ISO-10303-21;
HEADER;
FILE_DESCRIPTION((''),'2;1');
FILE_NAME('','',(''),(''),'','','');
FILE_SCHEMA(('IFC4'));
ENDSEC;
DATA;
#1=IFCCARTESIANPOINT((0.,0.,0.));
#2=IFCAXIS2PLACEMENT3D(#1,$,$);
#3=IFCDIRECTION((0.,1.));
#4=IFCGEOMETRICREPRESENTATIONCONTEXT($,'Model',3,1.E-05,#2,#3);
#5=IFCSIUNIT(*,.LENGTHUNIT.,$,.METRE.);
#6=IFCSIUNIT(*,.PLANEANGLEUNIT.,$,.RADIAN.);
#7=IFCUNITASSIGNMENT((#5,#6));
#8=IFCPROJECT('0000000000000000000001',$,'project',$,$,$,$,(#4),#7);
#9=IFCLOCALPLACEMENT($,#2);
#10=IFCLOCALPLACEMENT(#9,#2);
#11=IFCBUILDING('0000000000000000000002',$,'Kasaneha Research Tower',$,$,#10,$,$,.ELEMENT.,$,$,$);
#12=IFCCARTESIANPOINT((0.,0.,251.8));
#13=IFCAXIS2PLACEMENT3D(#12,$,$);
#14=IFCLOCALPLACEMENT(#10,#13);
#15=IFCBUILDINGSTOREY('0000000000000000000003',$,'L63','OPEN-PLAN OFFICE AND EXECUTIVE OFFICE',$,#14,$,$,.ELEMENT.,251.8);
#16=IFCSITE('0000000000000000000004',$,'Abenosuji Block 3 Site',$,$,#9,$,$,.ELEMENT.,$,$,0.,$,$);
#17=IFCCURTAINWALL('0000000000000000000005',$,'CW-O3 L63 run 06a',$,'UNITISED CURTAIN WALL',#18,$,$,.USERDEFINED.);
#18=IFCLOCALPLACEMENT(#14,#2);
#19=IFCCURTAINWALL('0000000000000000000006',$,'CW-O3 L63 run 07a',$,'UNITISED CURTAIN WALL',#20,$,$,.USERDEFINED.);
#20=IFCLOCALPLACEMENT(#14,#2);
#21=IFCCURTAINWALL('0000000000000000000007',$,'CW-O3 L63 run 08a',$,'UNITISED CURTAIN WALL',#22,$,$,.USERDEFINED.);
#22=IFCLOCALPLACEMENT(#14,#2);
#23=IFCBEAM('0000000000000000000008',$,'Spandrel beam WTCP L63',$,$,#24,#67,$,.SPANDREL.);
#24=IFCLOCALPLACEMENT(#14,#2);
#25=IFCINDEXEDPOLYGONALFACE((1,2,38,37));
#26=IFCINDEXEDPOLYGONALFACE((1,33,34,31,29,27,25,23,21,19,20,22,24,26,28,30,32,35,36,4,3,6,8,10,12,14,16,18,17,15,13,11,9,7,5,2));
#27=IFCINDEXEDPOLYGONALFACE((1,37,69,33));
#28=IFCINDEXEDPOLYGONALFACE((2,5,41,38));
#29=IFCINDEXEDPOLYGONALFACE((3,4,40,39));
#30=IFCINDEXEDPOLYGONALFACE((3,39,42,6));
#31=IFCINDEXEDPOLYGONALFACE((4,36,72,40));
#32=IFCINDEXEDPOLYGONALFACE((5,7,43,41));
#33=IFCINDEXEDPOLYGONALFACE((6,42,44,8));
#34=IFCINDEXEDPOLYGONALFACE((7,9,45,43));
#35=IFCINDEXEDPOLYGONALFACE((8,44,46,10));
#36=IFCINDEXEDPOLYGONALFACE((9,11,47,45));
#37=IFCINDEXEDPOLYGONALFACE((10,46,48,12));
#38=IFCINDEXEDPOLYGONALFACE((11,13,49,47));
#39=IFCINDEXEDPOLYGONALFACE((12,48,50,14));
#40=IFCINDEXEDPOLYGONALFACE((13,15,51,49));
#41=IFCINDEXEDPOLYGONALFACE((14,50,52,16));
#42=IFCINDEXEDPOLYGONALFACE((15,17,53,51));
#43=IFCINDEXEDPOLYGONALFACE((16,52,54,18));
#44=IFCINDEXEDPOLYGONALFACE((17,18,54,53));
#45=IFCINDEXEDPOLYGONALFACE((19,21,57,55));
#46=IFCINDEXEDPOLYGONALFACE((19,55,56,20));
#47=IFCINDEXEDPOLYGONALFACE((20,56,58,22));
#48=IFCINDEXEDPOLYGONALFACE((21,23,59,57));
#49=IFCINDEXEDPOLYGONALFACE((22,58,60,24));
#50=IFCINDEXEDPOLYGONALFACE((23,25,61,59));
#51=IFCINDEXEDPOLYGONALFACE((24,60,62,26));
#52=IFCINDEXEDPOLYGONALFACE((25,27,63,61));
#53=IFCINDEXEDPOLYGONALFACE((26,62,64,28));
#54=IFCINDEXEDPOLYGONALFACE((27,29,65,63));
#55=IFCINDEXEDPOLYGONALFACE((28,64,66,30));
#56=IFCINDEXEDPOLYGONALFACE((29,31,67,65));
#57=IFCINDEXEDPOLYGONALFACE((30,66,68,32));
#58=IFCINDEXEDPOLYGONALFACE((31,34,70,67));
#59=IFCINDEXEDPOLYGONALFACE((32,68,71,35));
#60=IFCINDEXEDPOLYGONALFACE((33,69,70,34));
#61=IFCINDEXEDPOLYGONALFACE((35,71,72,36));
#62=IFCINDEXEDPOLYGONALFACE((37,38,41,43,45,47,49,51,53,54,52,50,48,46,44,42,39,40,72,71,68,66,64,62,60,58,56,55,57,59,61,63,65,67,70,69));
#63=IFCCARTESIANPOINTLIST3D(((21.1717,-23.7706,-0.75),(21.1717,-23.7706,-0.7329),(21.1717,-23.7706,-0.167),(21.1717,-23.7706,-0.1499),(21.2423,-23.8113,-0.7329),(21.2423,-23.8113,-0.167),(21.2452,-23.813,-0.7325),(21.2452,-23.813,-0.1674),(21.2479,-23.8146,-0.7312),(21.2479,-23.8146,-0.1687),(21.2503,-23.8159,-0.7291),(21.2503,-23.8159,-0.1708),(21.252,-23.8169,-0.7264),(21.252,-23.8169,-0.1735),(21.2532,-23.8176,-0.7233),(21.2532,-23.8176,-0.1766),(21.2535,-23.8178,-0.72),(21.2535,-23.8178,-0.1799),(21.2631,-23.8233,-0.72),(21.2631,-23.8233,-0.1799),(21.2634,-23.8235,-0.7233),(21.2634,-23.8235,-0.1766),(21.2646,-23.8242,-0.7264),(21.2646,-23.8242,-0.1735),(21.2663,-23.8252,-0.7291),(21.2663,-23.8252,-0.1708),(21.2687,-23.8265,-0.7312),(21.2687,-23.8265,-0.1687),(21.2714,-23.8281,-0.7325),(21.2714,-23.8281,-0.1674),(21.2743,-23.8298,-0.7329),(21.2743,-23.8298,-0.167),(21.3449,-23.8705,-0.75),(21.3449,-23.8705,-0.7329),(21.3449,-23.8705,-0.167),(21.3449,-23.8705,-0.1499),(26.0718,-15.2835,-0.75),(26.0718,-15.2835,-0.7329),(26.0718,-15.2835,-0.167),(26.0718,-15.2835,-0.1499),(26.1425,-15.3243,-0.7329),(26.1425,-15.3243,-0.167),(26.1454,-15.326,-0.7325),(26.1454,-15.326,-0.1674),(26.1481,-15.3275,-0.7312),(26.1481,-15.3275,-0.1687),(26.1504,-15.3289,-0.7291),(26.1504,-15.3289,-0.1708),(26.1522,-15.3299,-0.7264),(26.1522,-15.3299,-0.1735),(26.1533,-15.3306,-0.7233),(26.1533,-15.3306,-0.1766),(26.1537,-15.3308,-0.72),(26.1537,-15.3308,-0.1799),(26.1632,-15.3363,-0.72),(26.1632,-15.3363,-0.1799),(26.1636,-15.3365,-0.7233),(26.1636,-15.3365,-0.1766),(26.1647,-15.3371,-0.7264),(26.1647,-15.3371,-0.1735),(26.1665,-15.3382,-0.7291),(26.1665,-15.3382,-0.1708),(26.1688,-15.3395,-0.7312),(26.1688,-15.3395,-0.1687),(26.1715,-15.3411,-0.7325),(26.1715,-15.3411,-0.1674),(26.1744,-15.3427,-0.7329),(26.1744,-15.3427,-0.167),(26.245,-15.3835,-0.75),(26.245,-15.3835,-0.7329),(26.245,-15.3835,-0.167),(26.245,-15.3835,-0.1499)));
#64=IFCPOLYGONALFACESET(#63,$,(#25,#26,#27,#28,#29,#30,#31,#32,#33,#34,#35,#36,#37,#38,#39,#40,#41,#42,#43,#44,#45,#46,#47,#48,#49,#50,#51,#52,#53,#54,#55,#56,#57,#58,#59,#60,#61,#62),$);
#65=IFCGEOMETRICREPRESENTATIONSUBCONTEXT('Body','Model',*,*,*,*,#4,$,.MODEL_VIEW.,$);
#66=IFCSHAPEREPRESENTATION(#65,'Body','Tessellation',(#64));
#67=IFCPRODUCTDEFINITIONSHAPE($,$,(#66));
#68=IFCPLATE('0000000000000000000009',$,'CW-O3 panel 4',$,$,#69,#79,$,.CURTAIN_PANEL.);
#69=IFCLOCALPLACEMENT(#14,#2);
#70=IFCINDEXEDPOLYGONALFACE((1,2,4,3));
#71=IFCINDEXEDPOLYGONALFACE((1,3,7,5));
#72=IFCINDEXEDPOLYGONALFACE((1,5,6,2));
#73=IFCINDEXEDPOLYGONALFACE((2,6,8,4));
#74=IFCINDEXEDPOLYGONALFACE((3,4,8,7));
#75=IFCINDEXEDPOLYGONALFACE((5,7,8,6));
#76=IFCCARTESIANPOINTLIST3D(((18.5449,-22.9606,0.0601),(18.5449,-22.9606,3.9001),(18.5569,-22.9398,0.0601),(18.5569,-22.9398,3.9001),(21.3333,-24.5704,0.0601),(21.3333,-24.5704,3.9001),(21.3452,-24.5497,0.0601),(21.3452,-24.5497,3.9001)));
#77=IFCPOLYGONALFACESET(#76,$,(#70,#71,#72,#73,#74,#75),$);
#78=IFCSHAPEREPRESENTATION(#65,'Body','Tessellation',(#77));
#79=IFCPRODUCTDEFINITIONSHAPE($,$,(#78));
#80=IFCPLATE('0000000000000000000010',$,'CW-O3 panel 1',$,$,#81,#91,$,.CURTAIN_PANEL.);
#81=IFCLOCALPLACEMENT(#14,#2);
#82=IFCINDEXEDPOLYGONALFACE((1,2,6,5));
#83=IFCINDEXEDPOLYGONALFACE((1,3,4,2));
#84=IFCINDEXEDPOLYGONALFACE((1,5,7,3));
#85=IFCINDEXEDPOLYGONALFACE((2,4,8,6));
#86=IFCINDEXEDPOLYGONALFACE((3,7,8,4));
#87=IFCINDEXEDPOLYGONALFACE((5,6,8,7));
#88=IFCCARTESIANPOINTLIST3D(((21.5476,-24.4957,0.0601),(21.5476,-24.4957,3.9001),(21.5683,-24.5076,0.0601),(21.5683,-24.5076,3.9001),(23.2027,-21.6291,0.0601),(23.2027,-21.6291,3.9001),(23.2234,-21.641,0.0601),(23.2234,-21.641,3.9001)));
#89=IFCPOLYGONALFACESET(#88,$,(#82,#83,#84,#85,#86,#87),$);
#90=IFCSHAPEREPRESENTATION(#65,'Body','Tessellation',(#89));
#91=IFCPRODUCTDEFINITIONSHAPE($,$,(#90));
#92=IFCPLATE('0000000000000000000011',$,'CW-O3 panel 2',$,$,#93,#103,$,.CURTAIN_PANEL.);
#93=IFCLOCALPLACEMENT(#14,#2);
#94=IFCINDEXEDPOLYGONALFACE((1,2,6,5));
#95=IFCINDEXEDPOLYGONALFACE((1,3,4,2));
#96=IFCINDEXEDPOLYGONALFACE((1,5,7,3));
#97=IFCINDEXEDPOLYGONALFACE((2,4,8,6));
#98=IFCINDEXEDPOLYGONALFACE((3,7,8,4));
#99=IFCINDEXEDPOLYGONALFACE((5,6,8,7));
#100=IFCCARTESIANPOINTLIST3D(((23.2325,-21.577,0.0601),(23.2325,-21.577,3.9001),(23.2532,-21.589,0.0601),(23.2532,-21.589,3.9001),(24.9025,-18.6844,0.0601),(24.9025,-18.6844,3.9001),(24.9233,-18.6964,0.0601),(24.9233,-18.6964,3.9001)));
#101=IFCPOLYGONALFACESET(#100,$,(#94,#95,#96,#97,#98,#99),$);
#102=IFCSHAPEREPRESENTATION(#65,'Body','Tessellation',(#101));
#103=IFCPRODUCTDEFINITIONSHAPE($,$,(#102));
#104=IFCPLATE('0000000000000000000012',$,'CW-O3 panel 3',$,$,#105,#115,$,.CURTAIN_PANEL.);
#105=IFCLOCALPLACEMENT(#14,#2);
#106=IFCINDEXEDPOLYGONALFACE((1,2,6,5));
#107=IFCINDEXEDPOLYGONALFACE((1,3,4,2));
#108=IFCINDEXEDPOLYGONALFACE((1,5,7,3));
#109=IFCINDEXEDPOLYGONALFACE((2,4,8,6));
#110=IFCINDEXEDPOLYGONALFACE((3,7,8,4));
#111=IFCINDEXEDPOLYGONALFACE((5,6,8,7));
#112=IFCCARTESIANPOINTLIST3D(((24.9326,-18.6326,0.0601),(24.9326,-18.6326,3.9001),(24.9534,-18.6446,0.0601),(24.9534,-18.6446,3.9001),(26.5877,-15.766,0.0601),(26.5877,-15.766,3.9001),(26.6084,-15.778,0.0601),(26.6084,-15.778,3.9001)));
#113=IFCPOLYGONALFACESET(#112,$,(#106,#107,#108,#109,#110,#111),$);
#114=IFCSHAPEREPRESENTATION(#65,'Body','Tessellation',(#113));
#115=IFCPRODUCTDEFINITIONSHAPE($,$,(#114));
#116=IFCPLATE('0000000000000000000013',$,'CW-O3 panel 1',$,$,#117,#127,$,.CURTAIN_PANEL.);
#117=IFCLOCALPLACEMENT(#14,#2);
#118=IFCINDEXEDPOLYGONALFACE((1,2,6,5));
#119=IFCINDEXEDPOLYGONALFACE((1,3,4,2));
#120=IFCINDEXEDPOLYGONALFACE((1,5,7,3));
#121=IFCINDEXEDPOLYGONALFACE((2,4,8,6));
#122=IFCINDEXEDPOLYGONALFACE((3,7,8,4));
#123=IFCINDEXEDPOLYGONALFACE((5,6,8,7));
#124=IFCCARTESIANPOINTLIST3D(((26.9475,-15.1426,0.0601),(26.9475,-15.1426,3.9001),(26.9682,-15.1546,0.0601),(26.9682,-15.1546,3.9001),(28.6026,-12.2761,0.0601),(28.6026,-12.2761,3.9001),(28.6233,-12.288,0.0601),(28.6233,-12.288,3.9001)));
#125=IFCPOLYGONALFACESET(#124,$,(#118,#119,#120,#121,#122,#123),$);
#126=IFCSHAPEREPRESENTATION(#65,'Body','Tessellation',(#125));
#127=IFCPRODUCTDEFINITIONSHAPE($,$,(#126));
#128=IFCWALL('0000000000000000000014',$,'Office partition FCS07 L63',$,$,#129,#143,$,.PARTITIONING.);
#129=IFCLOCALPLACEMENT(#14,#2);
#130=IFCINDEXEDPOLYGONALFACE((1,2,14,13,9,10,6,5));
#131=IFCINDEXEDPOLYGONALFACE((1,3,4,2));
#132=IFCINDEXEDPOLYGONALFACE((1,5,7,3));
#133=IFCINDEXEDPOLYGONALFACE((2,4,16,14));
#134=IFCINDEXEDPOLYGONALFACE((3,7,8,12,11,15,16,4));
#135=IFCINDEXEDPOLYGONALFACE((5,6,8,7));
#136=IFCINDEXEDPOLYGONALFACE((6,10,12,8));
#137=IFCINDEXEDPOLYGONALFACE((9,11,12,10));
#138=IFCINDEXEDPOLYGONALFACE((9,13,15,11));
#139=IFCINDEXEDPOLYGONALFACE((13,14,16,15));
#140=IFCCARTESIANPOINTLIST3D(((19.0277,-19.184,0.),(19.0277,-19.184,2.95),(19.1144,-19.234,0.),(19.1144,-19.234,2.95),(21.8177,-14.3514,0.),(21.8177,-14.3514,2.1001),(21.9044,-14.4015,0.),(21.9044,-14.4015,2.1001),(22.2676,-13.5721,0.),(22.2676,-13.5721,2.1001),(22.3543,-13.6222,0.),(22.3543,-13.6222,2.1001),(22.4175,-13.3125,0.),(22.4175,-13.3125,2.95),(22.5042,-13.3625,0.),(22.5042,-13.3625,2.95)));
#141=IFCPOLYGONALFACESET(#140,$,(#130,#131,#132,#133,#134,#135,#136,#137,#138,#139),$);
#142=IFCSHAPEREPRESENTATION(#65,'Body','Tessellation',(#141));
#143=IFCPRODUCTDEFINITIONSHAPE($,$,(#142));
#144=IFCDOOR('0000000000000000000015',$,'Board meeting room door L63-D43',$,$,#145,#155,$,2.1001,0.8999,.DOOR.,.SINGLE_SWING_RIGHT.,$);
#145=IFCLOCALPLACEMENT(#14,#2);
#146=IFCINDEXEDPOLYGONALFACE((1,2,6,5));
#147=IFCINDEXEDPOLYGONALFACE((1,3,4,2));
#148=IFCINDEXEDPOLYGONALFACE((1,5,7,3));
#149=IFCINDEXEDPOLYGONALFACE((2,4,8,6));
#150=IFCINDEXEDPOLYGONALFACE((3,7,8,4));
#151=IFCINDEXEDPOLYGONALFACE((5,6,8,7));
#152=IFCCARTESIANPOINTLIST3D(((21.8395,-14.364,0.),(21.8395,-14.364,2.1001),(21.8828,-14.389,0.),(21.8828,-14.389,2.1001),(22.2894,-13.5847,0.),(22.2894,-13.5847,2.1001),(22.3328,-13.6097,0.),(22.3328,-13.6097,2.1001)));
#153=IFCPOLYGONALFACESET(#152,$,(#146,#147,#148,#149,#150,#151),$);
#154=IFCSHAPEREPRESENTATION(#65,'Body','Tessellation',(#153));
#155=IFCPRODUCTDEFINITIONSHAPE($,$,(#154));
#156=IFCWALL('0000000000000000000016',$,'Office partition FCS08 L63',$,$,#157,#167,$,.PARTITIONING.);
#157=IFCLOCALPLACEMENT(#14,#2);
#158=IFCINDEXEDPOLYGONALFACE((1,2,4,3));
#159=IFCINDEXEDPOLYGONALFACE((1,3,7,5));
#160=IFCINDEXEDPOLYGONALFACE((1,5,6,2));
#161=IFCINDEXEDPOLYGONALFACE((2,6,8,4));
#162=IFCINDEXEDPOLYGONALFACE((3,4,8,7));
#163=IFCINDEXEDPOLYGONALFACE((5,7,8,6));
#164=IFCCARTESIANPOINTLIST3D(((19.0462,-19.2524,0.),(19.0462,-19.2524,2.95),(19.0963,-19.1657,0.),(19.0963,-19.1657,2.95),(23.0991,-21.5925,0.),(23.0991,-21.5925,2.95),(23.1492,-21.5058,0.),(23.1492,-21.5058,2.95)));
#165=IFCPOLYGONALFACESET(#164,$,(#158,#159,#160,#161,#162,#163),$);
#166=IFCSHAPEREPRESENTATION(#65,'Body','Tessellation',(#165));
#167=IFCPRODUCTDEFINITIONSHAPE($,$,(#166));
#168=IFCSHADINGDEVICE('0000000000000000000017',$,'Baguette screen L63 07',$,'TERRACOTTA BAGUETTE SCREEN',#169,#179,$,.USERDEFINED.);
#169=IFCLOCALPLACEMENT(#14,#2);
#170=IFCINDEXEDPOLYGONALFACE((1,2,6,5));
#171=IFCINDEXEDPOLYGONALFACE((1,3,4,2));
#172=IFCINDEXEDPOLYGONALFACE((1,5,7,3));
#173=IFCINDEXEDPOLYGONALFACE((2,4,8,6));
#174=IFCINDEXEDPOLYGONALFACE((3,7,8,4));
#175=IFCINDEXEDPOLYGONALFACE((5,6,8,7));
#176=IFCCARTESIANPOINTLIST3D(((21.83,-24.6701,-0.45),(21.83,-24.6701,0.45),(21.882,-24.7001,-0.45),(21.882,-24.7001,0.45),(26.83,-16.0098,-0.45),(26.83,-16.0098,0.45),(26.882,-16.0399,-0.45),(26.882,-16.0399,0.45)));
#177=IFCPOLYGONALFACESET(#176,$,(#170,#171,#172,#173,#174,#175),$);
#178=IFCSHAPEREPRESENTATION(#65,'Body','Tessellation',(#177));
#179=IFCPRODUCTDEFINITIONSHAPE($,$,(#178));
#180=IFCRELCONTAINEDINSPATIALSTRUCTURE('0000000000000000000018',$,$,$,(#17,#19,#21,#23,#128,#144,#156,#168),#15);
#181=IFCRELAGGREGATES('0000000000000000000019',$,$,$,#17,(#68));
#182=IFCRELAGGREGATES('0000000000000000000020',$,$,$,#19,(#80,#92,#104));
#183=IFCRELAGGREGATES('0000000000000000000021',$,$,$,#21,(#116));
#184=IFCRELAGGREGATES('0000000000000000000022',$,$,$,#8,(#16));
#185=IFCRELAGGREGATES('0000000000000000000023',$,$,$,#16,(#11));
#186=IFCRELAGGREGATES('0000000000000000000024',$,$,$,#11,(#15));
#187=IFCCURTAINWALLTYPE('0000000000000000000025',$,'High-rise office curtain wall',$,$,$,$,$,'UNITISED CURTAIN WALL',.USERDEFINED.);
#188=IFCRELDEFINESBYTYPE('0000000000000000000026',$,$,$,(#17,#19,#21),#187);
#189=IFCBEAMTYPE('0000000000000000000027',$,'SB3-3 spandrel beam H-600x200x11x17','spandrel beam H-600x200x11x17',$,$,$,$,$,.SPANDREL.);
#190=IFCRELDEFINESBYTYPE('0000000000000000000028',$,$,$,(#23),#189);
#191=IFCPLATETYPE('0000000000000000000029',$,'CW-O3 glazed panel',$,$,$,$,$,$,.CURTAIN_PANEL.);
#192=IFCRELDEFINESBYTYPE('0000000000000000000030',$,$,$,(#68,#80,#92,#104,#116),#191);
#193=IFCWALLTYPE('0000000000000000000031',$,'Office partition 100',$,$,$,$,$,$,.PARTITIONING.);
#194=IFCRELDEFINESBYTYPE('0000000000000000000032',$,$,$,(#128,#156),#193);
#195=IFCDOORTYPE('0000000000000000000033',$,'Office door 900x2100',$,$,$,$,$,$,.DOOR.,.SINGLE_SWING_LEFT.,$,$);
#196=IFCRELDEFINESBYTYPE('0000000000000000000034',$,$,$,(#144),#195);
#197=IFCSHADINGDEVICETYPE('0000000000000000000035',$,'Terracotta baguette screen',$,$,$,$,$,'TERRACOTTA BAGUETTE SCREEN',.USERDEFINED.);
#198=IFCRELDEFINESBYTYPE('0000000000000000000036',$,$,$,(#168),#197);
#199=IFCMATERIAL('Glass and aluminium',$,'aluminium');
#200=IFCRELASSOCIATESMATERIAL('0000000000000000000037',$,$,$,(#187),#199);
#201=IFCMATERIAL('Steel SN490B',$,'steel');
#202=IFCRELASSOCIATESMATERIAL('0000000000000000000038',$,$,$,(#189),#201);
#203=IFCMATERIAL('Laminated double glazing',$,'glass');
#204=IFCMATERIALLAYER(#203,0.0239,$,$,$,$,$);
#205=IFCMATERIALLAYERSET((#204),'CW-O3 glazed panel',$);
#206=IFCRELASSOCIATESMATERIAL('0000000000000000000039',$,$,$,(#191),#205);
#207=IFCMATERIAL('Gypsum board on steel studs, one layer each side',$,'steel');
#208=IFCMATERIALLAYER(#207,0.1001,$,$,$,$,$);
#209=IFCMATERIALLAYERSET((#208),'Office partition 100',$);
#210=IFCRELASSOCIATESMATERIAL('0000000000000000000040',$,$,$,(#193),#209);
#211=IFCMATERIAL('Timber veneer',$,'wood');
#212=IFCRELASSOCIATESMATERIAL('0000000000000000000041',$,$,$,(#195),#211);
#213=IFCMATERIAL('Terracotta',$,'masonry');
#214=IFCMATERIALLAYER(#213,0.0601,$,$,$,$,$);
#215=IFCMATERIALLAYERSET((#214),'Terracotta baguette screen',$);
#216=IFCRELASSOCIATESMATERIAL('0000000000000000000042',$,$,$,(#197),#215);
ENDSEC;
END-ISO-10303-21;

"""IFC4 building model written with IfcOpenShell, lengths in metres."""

from ifc_helpers import new_model, si_unit, direction, frame, frame_2d, origin, origin_2d, place, context, subcontext, project, spatial, rectangle, i_section, extrude, material, layer, layer_set, material_profile, profile_set, type_object, element, fill, aggregate, save


model = new_model("IFC4")

# Units and contexts
model_context = context("Model", 3, precision=1e-05, world=origin(), true_north=direction((0.0, 1.0)))
body_context = subcontext(model_context, "Body", "Model", "MODEL_VIEW")
ifc_project = project(units=[si_unit("LENGTHUNIT", "METRE"), si_unit("PLANEANGLEUNIT", "RADIAN")], contexts=[model_context])

# Site, building, storey
site_placement = place(None, origin())
site = spatial("IfcSite", under=ifc_project, at=site_placement, Name="Abenosuji Block 3 Site", CompositionType="ELEMENT", RefElevation=0.0)
building_placement = place(site_placement, origin())
building = spatial("IfcBuilding", under=site, at=building_placement, Name="Kasaneha Research Tower", CompositionType="ELEMENT")
storey_placement = place(building_placement, frame((0.0, 0.0, 251.8)))
storey = spatial("IfcBuildingStorey", under=building, at=storey_placement, Name="L63", Description="OPEN-PLAN OFFICE AND EXECUTIVE OFFICE", CompositionType="ELEMENT", Elevation=251.8)

# Curtain wall
ifc_material_1 = material(Name="Glass and aluminium", Category="aluminium")
curtain_wall_type = type_object("IfcCurtainWallType", Name="High-rise office curtain wall", ElementType="UNITISED CURTAIN WALL", PredefinedType="USERDEFINED", material=ifc_material_1)
curtain_wall_1_placement = place(storey_placement, origin())
curtain_wall_1 = element("IfcCurtainWall", 1, at=curtain_wall_1_placement, inside=storey, type_object=curtain_wall_type, Name="CW-O3 L63 run 06a", ObjectType="UNITISED CURTAIN WALL", PredefinedType="USERDEFINED")

# Curtain wall
curtain_wall_2_placement = place(storey_placement, origin())
curtain_wall_2 = element("IfcCurtainWall", 2, at=curtain_wall_2_placement, inside=storey, type_object=curtain_wall_type, Name="CW-O3 L63 run 07a", ObjectType="UNITISED CURTAIN WALL", PredefinedType="USERDEFINED")

# Curtain wall
curtain_wall_3_placement = place(storey_placement, origin())
curtain_wall_3 = element("IfcCurtainWall", 3, at=curtain_wall_3_placement, inside=storey, type_object=curtain_wall_type, Name="CW-O3 L63 run 08a", ObjectType="UNITISED CURTAIN WALL", PredefinedType="USERDEFINED")

# Beam
ifc_material_2 = material(Name="Steel SN490B", Category="steel")
ifc_material_profile_1 = material_profile(ifc_material_2, i_section(OverallWidth=0.2, OverallDepth=0.6001, WebThickness=0.011, FlangeThickness=0.0171, FilletRadius=0.0129, at=origin_2d()), Name="H-600x200x11x17")
ifc_profile_set_1 = profile_set([ifc_material_profile_1], Name="Steel SN490B")
beam_type = type_object("IfcBeamType", Name="SB3-3 spandrel beam H-600x200x11x17", Description="spandrel beam H-600x200x11x17", PredefinedType="SPANDREL", material=ifc_profile_set_1)
beam_placement = place(storey_placement, frame((21.2583, -23.8206, -0.45), z_axis=(0.500011, 0.866019, 0.0), x_axis=(-0.866019, 0.500011, 0.0)))
element("IfcBeam", 4, at=beam_placement, inside=storey, type_object=beam_type, Name="Spandrel beam WTCP L63", PredefinedType="SPANDREL", context=body_context, shape_type="SweptSolid", body=[
    extrude(i_section(OverallWidth=0.2, OverallDepth=0.6001, WebThickness=0.011, FlangeThickness=0.0171, FilletRadius=0.0129, at=origin_2d()), origin(), (0.0, 0.0, 1.0), 9.8),
])

# Plates
ifc_material_3 = material(Name="Laminated double glazing", Category="glass")
ifc_layer_1 = layer(ifc_material_3, 0.0239)
ifc_layer_set_1 = layer_set([ifc_layer_1], Name="CW-O3 glazed panel")
plate_type = type_object("IfcPlateType", Name="CW-O3 glazed panel", PredefinedType="CURTAIN_PANEL", material=ifc_layer_set_1)
plate_1_placement = place(storey_placement, frame((19.9451, -23.7551, 0.0601), z_axis=(0.0, 0.0, 1.0), x_axis=(0.866025, -0.5, 0.0)))
plate_1 = element("IfcPlate", 5, at=plate_1_placement, type_object=plate_type, Name="CW-O3 panel 4", PredefinedType="CURTAIN_PANEL", context=body_context, shape_type="SweptSolid", body=[
    extrude(rectangle(XDim=3.2197, YDim=0.0239, at=origin_2d()), origin(), (0.0, 0.0, 1.0), 3.8401),
])
aggregate(curtain_wall_1, [plate_1])
plate_2_placement = place(storey_placement, frame((22.3855, -23.0684, 0.0601), z_axis=(0.0, 0.0, 1.0), x_axis=(0.5, 0.866025, 0.0)))
plate_2 = element("IfcPlate", 6, at=plate_2_placement, type_object=plate_type, Name="CW-O3 panel 1", PredefinedType="CURTAIN_PANEL", context=body_context, shape_type="SweptSolid", body=[
    extrude(rectangle(XDim=3.3101, YDim=0.0239, at=origin_2d()), origin(), (0.0, 0.0, 1.0), 3.8401),
])
plate_3_placement = place(storey_placement, frame((24.0779, -20.1367, 0.0601), z_axis=(0.0, 0.0, 1.0), x_axis=(0.5, 0.866025, 0.0)))
plate_3 = element("IfcPlate", 7, at=plate_3_placement, type_object=plate_type, Name="CW-O3 panel 2", PredefinedType="CURTAIN_PANEL", context=body_context, shape_type="SweptSolid", body=[
    extrude(rectangle(XDim=3.3401, YDim=0.0239, at=origin_2d()), origin(), (0.0, 0.0, 1.0), 3.8401),
])
plate_4_placement = place(storey_placement, frame((25.7705, -17.2053, 0.0601), z_axis=(0.0, 0.0, 1.0), x_axis=(0.5, 0.866025, 0.0)))
plate_4 = element("IfcPlate", 8, at=plate_4_placement, type_object=plate_type, Name="CW-O3 panel 3", PredefinedType="CURTAIN_PANEL", context=body_context, shape_type="SweptSolid", body=[
    extrude(rectangle(XDim=3.3101, YDim=0.0239, at=origin_2d()), origin(), (0.0, 0.0, 1.0), 3.8401),
])
aggregate(curtain_wall_2, [plate_2, plate_3, plate_4])
plate_5_placement = place(storey_placement, frame((27.7854, -13.7153, 0.0601), z_axis=(0.0, 0.0, 1.0), x_axis=(0.5, 0.866025, 0.0)))
plate_5 = element("IfcPlate", 9, at=plate_5_placement, type_object=plate_type, Name="CW-O3 panel 1", PredefinedType="CURTAIN_PANEL", context=body_context, shape_type="SweptSolid", body=[
    extrude(rectangle(XDim=3.3101, YDim=0.0239, at=origin_2d()), origin(), (0.0, 0.0, 1.0), 3.8401),
])
aggregate(curtain_wall_3, [plate_5])

# Wall, opening, door
ifc_material_4 = material(Name="Gypsum board on steel studs, one layer each side", Category="steel")
ifc_layer_2 = layer(ifc_material_4, 0.1001)
ifc_layer_set_2 = layer_set([ifc_layer_2], Name="Office partition 100")
wall_type = type_object("IfcWallType", Name="Office partition 100", PredefinedType="PARTITIONING", material=ifc_layer_set_2)
wall_1_placement = place(storey_placement, frame((19.071, -19.209, 0.0), z_axis=(0.0, 0.0, 1.0), x_axis=(0.499993, 0.86603, 0.0)))
wall_1 = element("IfcWall", 10, at=wall_1_placement, inside=storey, type_object=wall_type, Name="Office partition FCS07 L63", PredefinedType="PARTITIONING", context=body_context, shape_type="SweptSolid", body=[
    extrude(rectangle(XDim=6.7798, YDim=0.1001, at=frame_2d((3.3899, 0.0))), origin(), (0.0, 0.0, 1.0), 2.95),
])
opening_placement = place(wall_1_placement, frame((5.5801, 0.0, 0.0)))
opening = element("IfcOpeningElement", 11, at=opening_placement, cuts=wall_1, PredefinedType="OPENING", context=body_context, shape_type="SweptSolid", body=[
    extrude(rectangle(XDim=0.8999, YDim=2.1001, at=frame_2d((0.45, 1.05))), frame((0.0, 0.0601, 0.0), z_axis=(0.0, -1.0, 0.0), x_axis=(1.0, 0.0, 0.0)), (0.0, 0.0, 1.0), 0.1201),
])
ifc_material_5 = material(Name="Timber veneer", Category="wood")
door_type = type_object("IfcDoorType", Name="Office door 900x2100", OperationType="SINGLE_SWING_LEFT", PredefinedType="DOOR", material=ifc_material_5)
door_placement = place(opening_placement, origin())
door = element("IfcDoor", 12, at=door_placement, inside=storey, type_object=door_type, Name="Board meeting room door L63-D43", OperationType="SINGLE_SWING_RIGHT", OverallHeight=2.1001, OverallWidth=0.8999, PredefinedType="DOOR", context=body_context, shape_type="SweptSolid", body=[
    extrude(rectangle(XDim=0.8999, YDim=2.1001, at=frame_2d((0.45, 1.05))), frame((0.0, 0.0249, 0.0), z_axis=(0.0, -1.0, 0.0), x_axis=(1.0, 0.0, 0.0)), (0.0, 0.0, 1.0), 0.05),
])
fill(opening, door)

# Wall
wall_2_placement = place(storey_placement, frame((23.124, -21.5491, 0.0), z_axis=(0.0, 0.0, 1.0), x_axis=(-0.866016, 0.500016, 0.0)))
element("IfcWall", 13, at=wall_2_placement, inside=storey, type_object=wall_type, Name="Office partition FCS08 L63", PredefinedType="PARTITIONING", context=body_context, shape_type="SweptSolid", body=[
    extrude(rectangle(XDim=4.6799, YDim=0.1001, at=frame_2d((2.3398, 0.0))), origin(), (0.0, 0.0, 1.0), 2.95),
])

# Shading device
ifc_material_6 = material(Name="Terracotta", Category="masonry")
ifc_layer_3 = layer(ifc_material_6, 0.0601)
ifc_layer_set_3 = layer_set([ifc_layer_3], Name="Terracotta baguette screen")
shading_device_type = type_object("IfcShadingDeviceType", Name="Terracotta baguette screen", ElementType="TERRACOTTA BAGUETTE SCREEN", PredefinedType="USERDEFINED", material=ifc_layer_set_3)
shading_device_placement = place(storey_placement, frame((24.356, -20.355, -0.45), z_axis=(0.0, 0.0, 1.0), x_axis=(0.5, 0.866025, 0.0)))
element("IfcShadingDevice", 14, at=shading_device_placement, inside=storey, type_object=shading_device_type, Name="Baguette screen L63 07", ObjectType="TERRACOTTA BAGUETTE SCREEN", PredefinedType="USERDEFINED", context=body_context, shape_type="SweptSolid", body=[
    extrude(rectangle(XDim=10.0, YDim=0.0601, at=origin_2d()), origin(), (0.0, 0.0, 1.0), 0.8999),
])

save(model, "model.ifc")
